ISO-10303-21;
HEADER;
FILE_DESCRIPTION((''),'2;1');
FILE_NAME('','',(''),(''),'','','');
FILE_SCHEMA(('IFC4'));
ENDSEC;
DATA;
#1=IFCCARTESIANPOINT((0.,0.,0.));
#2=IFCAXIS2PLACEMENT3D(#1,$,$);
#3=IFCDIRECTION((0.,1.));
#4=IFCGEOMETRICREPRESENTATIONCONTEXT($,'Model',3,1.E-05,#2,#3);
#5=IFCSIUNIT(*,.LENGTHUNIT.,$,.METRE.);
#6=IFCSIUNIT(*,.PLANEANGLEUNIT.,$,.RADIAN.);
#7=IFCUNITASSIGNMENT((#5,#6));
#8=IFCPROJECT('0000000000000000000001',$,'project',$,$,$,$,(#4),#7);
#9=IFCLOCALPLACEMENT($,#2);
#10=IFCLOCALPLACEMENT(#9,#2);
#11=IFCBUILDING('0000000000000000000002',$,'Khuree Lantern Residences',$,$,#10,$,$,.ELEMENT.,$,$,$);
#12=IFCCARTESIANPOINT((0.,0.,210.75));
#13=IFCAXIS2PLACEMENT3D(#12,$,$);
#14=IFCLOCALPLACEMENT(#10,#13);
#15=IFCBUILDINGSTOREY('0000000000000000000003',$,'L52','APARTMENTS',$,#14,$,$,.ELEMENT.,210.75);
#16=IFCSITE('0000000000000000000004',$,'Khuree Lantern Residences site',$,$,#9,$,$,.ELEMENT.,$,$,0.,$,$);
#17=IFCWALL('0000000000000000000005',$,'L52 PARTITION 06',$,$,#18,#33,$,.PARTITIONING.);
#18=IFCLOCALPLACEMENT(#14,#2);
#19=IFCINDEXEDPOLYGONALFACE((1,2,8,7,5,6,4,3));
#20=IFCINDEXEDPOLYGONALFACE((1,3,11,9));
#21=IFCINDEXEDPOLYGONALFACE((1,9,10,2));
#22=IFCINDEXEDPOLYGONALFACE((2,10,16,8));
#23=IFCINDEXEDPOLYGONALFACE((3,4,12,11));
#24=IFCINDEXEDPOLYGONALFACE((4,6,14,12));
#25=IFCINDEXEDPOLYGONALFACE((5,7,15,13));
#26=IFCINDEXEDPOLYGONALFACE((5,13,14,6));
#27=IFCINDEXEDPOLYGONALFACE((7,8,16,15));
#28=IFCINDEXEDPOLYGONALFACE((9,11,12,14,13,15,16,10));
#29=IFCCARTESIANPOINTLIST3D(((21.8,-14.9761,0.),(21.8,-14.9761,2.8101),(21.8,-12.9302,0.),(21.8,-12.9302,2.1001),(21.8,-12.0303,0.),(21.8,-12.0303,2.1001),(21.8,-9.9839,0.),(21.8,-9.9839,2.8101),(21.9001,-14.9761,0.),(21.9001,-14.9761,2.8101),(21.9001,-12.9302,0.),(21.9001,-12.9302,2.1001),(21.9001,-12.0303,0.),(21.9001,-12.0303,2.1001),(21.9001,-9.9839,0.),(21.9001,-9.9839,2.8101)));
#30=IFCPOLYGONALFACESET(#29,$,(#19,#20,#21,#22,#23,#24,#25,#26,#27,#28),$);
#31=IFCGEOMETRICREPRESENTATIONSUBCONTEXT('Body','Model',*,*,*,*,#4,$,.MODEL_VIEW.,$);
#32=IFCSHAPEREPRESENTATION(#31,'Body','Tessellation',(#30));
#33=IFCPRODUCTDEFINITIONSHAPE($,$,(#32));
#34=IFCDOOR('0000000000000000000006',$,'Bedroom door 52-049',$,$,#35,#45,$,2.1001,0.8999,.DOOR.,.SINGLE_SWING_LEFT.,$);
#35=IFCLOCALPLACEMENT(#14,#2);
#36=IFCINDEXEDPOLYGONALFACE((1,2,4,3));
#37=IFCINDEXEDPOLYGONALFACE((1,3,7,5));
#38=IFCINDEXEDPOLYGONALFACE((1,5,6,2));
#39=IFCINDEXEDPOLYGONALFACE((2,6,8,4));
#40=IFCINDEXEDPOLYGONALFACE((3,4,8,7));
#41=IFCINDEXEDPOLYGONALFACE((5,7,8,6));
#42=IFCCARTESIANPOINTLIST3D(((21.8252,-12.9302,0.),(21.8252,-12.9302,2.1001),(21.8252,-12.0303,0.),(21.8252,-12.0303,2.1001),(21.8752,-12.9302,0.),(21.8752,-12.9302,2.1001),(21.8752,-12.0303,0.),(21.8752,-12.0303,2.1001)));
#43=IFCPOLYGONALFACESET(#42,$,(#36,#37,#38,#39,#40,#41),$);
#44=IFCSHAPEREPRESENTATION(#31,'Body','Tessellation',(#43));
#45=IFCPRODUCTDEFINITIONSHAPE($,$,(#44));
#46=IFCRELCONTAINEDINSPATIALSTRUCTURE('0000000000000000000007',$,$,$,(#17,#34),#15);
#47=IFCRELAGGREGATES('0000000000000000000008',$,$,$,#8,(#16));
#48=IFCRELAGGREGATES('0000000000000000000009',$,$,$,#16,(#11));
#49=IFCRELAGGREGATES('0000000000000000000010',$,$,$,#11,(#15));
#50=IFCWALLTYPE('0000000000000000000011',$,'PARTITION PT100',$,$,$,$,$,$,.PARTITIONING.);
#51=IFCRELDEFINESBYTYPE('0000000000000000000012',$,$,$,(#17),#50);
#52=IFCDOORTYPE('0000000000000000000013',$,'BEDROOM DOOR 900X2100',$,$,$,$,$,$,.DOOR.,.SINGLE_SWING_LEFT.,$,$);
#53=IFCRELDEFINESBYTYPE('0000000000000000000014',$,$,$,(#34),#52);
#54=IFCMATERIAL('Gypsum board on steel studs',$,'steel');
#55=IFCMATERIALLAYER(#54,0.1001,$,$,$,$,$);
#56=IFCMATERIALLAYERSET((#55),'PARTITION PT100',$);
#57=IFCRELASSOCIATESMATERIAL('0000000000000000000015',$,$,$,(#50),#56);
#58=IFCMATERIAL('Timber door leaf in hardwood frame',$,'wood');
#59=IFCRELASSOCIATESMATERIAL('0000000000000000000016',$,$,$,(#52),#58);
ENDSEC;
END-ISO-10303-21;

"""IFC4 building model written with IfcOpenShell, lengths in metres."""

from ifc_helpers import new_model, si_unit, direction, frame, frame_2d, origin, place, context, subcontext, project, spatial, rectangle, extrude, material, layer, layer_set, type_object, element, fill, save


model = new_model("IFC4")

# Units and contexts
model_context = context("Model", 3, precision=1e-05, world=origin(), true_north=direction((0.0, 1.0)))
body_context = subcontext(model_context, "Body", "Model", "MODEL_VIEW")
ifc_project = project(units=[si_unit("LENGTHUNIT", "METRE"), si_unit("PLANEANGLEUNIT", "RADIAN")], contexts=[model_context])

# Site, building, storey
site_placement = place(None, origin())
site = spatial("IfcSite", under=ifc_project, at=site_placement, Name="Khuree Lantern Residences site", CompositionType="ELEMENT", RefElevation=0.0)
building_placement = place(site_placement, origin())
building = spatial("IfcBuilding", under=site, at=building_placement, Name="Khuree Lantern Residences", CompositionType="ELEMENT")
storey_placement = place(building_placement, frame((0.0, 0.0, 210.75)))
storey = spatial("IfcBuildingStorey", under=building, at=storey_placement, Name="L52", Description="APARTMENTS", CompositionType="ELEMENT", Elevation=210.75)

# Shared definitions
ifc_material_1 = material(Name="Timber door leaf in hardwood frame", Category="wood")

# Shared definitions
ifc_material_2 = material(Name="Gypsum board on steel studs", Category="steel")

# Shared definitions
ifc_layer_1 = layer(ifc_material_2, 0.1001)
ifc_layer_set_1 = layer_set([ifc_layer_1], Name="PARTITION PT100")
wall_type_1 = type_object("IfcWallType", Name="PARTITION PT100", PredefinedType="PARTITIONING", material=ifc_layer_set_1)

# Wall, opening, door
door_type_1 = type_object("IfcDoorType", Name="BEDROOM DOOR 900X2100", OperationType="SINGLE_SWING_LEFT", PredefinedType="DOOR", material=ifc_material_1)
wall_1_placement = place(storey_placement, frame((21.8501, -14.9761, 0.0), z_axis=(0.0, 0.0, 1.0), x_axis=(0.0, 1.0, 0.0)))
wall_1 = element("IfcWall", 1, at=wall_1_placement, inside=storey, type_object=wall_type_1, Name="L52 PARTITION 06", PredefinedType="PARTITIONING", context=body_context, shape_type="SweptSolid", body=[
    extrude(rectangle(XDim=4.9922, YDim=0.1001, at=frame_2d((2.4961, 0.0))), origin(), (0.0, 0.0, 1.0), 2.8101),
])
opening_1_placement = place(wall_1_placement, frame((2.0459, 0.0, 0.0)))
opening_1 = element("IfcOpeningElement", 2, at=opening_1_placement, cuts=wall_1, PredefinedType="OPENING", context=body_context, shape_type="SweptSolid", body=[
    extrude(rectangle(XDim=0.8999, YDim=2.1001, at=frame_2d((0.45, 1.05))), frame((0.0, 0.0601, 0.0), z_axis=(0.0, -1.0, 0.0), x_axis=(1.0, 0.0, 0.0)), (0.0, 0.0, 1.0), 0.1201),
])
door_1_placement = place(opening_1_placement, origin())
door_1 = element("IfcDoor", 3, at=door_1_placement, inside=storey, type_object=door_type_1, Name="Bedroom door 52-049", OperationType="SINGLE_SWING_LEFT", OverallHeight=2.1001, OverallWidth=0.8999, PredefinedType="DOOR", context=body_context, shape_type="SweptSolid", body=[
    extrude(rectangle(XDim=0.8999, YDim=2.1001, at=frame_2d((0.45, 1.05))), frame((0.0, 0.0249, 0.0), z_axis=(0.0, -1.0, 0.0), x_axis=(1.0, 0.0, 0.0)), (0.0, 0.0, 1.0), 0.05),
])
fill(opening_1, door_1)

save(model, "model.ifc")
